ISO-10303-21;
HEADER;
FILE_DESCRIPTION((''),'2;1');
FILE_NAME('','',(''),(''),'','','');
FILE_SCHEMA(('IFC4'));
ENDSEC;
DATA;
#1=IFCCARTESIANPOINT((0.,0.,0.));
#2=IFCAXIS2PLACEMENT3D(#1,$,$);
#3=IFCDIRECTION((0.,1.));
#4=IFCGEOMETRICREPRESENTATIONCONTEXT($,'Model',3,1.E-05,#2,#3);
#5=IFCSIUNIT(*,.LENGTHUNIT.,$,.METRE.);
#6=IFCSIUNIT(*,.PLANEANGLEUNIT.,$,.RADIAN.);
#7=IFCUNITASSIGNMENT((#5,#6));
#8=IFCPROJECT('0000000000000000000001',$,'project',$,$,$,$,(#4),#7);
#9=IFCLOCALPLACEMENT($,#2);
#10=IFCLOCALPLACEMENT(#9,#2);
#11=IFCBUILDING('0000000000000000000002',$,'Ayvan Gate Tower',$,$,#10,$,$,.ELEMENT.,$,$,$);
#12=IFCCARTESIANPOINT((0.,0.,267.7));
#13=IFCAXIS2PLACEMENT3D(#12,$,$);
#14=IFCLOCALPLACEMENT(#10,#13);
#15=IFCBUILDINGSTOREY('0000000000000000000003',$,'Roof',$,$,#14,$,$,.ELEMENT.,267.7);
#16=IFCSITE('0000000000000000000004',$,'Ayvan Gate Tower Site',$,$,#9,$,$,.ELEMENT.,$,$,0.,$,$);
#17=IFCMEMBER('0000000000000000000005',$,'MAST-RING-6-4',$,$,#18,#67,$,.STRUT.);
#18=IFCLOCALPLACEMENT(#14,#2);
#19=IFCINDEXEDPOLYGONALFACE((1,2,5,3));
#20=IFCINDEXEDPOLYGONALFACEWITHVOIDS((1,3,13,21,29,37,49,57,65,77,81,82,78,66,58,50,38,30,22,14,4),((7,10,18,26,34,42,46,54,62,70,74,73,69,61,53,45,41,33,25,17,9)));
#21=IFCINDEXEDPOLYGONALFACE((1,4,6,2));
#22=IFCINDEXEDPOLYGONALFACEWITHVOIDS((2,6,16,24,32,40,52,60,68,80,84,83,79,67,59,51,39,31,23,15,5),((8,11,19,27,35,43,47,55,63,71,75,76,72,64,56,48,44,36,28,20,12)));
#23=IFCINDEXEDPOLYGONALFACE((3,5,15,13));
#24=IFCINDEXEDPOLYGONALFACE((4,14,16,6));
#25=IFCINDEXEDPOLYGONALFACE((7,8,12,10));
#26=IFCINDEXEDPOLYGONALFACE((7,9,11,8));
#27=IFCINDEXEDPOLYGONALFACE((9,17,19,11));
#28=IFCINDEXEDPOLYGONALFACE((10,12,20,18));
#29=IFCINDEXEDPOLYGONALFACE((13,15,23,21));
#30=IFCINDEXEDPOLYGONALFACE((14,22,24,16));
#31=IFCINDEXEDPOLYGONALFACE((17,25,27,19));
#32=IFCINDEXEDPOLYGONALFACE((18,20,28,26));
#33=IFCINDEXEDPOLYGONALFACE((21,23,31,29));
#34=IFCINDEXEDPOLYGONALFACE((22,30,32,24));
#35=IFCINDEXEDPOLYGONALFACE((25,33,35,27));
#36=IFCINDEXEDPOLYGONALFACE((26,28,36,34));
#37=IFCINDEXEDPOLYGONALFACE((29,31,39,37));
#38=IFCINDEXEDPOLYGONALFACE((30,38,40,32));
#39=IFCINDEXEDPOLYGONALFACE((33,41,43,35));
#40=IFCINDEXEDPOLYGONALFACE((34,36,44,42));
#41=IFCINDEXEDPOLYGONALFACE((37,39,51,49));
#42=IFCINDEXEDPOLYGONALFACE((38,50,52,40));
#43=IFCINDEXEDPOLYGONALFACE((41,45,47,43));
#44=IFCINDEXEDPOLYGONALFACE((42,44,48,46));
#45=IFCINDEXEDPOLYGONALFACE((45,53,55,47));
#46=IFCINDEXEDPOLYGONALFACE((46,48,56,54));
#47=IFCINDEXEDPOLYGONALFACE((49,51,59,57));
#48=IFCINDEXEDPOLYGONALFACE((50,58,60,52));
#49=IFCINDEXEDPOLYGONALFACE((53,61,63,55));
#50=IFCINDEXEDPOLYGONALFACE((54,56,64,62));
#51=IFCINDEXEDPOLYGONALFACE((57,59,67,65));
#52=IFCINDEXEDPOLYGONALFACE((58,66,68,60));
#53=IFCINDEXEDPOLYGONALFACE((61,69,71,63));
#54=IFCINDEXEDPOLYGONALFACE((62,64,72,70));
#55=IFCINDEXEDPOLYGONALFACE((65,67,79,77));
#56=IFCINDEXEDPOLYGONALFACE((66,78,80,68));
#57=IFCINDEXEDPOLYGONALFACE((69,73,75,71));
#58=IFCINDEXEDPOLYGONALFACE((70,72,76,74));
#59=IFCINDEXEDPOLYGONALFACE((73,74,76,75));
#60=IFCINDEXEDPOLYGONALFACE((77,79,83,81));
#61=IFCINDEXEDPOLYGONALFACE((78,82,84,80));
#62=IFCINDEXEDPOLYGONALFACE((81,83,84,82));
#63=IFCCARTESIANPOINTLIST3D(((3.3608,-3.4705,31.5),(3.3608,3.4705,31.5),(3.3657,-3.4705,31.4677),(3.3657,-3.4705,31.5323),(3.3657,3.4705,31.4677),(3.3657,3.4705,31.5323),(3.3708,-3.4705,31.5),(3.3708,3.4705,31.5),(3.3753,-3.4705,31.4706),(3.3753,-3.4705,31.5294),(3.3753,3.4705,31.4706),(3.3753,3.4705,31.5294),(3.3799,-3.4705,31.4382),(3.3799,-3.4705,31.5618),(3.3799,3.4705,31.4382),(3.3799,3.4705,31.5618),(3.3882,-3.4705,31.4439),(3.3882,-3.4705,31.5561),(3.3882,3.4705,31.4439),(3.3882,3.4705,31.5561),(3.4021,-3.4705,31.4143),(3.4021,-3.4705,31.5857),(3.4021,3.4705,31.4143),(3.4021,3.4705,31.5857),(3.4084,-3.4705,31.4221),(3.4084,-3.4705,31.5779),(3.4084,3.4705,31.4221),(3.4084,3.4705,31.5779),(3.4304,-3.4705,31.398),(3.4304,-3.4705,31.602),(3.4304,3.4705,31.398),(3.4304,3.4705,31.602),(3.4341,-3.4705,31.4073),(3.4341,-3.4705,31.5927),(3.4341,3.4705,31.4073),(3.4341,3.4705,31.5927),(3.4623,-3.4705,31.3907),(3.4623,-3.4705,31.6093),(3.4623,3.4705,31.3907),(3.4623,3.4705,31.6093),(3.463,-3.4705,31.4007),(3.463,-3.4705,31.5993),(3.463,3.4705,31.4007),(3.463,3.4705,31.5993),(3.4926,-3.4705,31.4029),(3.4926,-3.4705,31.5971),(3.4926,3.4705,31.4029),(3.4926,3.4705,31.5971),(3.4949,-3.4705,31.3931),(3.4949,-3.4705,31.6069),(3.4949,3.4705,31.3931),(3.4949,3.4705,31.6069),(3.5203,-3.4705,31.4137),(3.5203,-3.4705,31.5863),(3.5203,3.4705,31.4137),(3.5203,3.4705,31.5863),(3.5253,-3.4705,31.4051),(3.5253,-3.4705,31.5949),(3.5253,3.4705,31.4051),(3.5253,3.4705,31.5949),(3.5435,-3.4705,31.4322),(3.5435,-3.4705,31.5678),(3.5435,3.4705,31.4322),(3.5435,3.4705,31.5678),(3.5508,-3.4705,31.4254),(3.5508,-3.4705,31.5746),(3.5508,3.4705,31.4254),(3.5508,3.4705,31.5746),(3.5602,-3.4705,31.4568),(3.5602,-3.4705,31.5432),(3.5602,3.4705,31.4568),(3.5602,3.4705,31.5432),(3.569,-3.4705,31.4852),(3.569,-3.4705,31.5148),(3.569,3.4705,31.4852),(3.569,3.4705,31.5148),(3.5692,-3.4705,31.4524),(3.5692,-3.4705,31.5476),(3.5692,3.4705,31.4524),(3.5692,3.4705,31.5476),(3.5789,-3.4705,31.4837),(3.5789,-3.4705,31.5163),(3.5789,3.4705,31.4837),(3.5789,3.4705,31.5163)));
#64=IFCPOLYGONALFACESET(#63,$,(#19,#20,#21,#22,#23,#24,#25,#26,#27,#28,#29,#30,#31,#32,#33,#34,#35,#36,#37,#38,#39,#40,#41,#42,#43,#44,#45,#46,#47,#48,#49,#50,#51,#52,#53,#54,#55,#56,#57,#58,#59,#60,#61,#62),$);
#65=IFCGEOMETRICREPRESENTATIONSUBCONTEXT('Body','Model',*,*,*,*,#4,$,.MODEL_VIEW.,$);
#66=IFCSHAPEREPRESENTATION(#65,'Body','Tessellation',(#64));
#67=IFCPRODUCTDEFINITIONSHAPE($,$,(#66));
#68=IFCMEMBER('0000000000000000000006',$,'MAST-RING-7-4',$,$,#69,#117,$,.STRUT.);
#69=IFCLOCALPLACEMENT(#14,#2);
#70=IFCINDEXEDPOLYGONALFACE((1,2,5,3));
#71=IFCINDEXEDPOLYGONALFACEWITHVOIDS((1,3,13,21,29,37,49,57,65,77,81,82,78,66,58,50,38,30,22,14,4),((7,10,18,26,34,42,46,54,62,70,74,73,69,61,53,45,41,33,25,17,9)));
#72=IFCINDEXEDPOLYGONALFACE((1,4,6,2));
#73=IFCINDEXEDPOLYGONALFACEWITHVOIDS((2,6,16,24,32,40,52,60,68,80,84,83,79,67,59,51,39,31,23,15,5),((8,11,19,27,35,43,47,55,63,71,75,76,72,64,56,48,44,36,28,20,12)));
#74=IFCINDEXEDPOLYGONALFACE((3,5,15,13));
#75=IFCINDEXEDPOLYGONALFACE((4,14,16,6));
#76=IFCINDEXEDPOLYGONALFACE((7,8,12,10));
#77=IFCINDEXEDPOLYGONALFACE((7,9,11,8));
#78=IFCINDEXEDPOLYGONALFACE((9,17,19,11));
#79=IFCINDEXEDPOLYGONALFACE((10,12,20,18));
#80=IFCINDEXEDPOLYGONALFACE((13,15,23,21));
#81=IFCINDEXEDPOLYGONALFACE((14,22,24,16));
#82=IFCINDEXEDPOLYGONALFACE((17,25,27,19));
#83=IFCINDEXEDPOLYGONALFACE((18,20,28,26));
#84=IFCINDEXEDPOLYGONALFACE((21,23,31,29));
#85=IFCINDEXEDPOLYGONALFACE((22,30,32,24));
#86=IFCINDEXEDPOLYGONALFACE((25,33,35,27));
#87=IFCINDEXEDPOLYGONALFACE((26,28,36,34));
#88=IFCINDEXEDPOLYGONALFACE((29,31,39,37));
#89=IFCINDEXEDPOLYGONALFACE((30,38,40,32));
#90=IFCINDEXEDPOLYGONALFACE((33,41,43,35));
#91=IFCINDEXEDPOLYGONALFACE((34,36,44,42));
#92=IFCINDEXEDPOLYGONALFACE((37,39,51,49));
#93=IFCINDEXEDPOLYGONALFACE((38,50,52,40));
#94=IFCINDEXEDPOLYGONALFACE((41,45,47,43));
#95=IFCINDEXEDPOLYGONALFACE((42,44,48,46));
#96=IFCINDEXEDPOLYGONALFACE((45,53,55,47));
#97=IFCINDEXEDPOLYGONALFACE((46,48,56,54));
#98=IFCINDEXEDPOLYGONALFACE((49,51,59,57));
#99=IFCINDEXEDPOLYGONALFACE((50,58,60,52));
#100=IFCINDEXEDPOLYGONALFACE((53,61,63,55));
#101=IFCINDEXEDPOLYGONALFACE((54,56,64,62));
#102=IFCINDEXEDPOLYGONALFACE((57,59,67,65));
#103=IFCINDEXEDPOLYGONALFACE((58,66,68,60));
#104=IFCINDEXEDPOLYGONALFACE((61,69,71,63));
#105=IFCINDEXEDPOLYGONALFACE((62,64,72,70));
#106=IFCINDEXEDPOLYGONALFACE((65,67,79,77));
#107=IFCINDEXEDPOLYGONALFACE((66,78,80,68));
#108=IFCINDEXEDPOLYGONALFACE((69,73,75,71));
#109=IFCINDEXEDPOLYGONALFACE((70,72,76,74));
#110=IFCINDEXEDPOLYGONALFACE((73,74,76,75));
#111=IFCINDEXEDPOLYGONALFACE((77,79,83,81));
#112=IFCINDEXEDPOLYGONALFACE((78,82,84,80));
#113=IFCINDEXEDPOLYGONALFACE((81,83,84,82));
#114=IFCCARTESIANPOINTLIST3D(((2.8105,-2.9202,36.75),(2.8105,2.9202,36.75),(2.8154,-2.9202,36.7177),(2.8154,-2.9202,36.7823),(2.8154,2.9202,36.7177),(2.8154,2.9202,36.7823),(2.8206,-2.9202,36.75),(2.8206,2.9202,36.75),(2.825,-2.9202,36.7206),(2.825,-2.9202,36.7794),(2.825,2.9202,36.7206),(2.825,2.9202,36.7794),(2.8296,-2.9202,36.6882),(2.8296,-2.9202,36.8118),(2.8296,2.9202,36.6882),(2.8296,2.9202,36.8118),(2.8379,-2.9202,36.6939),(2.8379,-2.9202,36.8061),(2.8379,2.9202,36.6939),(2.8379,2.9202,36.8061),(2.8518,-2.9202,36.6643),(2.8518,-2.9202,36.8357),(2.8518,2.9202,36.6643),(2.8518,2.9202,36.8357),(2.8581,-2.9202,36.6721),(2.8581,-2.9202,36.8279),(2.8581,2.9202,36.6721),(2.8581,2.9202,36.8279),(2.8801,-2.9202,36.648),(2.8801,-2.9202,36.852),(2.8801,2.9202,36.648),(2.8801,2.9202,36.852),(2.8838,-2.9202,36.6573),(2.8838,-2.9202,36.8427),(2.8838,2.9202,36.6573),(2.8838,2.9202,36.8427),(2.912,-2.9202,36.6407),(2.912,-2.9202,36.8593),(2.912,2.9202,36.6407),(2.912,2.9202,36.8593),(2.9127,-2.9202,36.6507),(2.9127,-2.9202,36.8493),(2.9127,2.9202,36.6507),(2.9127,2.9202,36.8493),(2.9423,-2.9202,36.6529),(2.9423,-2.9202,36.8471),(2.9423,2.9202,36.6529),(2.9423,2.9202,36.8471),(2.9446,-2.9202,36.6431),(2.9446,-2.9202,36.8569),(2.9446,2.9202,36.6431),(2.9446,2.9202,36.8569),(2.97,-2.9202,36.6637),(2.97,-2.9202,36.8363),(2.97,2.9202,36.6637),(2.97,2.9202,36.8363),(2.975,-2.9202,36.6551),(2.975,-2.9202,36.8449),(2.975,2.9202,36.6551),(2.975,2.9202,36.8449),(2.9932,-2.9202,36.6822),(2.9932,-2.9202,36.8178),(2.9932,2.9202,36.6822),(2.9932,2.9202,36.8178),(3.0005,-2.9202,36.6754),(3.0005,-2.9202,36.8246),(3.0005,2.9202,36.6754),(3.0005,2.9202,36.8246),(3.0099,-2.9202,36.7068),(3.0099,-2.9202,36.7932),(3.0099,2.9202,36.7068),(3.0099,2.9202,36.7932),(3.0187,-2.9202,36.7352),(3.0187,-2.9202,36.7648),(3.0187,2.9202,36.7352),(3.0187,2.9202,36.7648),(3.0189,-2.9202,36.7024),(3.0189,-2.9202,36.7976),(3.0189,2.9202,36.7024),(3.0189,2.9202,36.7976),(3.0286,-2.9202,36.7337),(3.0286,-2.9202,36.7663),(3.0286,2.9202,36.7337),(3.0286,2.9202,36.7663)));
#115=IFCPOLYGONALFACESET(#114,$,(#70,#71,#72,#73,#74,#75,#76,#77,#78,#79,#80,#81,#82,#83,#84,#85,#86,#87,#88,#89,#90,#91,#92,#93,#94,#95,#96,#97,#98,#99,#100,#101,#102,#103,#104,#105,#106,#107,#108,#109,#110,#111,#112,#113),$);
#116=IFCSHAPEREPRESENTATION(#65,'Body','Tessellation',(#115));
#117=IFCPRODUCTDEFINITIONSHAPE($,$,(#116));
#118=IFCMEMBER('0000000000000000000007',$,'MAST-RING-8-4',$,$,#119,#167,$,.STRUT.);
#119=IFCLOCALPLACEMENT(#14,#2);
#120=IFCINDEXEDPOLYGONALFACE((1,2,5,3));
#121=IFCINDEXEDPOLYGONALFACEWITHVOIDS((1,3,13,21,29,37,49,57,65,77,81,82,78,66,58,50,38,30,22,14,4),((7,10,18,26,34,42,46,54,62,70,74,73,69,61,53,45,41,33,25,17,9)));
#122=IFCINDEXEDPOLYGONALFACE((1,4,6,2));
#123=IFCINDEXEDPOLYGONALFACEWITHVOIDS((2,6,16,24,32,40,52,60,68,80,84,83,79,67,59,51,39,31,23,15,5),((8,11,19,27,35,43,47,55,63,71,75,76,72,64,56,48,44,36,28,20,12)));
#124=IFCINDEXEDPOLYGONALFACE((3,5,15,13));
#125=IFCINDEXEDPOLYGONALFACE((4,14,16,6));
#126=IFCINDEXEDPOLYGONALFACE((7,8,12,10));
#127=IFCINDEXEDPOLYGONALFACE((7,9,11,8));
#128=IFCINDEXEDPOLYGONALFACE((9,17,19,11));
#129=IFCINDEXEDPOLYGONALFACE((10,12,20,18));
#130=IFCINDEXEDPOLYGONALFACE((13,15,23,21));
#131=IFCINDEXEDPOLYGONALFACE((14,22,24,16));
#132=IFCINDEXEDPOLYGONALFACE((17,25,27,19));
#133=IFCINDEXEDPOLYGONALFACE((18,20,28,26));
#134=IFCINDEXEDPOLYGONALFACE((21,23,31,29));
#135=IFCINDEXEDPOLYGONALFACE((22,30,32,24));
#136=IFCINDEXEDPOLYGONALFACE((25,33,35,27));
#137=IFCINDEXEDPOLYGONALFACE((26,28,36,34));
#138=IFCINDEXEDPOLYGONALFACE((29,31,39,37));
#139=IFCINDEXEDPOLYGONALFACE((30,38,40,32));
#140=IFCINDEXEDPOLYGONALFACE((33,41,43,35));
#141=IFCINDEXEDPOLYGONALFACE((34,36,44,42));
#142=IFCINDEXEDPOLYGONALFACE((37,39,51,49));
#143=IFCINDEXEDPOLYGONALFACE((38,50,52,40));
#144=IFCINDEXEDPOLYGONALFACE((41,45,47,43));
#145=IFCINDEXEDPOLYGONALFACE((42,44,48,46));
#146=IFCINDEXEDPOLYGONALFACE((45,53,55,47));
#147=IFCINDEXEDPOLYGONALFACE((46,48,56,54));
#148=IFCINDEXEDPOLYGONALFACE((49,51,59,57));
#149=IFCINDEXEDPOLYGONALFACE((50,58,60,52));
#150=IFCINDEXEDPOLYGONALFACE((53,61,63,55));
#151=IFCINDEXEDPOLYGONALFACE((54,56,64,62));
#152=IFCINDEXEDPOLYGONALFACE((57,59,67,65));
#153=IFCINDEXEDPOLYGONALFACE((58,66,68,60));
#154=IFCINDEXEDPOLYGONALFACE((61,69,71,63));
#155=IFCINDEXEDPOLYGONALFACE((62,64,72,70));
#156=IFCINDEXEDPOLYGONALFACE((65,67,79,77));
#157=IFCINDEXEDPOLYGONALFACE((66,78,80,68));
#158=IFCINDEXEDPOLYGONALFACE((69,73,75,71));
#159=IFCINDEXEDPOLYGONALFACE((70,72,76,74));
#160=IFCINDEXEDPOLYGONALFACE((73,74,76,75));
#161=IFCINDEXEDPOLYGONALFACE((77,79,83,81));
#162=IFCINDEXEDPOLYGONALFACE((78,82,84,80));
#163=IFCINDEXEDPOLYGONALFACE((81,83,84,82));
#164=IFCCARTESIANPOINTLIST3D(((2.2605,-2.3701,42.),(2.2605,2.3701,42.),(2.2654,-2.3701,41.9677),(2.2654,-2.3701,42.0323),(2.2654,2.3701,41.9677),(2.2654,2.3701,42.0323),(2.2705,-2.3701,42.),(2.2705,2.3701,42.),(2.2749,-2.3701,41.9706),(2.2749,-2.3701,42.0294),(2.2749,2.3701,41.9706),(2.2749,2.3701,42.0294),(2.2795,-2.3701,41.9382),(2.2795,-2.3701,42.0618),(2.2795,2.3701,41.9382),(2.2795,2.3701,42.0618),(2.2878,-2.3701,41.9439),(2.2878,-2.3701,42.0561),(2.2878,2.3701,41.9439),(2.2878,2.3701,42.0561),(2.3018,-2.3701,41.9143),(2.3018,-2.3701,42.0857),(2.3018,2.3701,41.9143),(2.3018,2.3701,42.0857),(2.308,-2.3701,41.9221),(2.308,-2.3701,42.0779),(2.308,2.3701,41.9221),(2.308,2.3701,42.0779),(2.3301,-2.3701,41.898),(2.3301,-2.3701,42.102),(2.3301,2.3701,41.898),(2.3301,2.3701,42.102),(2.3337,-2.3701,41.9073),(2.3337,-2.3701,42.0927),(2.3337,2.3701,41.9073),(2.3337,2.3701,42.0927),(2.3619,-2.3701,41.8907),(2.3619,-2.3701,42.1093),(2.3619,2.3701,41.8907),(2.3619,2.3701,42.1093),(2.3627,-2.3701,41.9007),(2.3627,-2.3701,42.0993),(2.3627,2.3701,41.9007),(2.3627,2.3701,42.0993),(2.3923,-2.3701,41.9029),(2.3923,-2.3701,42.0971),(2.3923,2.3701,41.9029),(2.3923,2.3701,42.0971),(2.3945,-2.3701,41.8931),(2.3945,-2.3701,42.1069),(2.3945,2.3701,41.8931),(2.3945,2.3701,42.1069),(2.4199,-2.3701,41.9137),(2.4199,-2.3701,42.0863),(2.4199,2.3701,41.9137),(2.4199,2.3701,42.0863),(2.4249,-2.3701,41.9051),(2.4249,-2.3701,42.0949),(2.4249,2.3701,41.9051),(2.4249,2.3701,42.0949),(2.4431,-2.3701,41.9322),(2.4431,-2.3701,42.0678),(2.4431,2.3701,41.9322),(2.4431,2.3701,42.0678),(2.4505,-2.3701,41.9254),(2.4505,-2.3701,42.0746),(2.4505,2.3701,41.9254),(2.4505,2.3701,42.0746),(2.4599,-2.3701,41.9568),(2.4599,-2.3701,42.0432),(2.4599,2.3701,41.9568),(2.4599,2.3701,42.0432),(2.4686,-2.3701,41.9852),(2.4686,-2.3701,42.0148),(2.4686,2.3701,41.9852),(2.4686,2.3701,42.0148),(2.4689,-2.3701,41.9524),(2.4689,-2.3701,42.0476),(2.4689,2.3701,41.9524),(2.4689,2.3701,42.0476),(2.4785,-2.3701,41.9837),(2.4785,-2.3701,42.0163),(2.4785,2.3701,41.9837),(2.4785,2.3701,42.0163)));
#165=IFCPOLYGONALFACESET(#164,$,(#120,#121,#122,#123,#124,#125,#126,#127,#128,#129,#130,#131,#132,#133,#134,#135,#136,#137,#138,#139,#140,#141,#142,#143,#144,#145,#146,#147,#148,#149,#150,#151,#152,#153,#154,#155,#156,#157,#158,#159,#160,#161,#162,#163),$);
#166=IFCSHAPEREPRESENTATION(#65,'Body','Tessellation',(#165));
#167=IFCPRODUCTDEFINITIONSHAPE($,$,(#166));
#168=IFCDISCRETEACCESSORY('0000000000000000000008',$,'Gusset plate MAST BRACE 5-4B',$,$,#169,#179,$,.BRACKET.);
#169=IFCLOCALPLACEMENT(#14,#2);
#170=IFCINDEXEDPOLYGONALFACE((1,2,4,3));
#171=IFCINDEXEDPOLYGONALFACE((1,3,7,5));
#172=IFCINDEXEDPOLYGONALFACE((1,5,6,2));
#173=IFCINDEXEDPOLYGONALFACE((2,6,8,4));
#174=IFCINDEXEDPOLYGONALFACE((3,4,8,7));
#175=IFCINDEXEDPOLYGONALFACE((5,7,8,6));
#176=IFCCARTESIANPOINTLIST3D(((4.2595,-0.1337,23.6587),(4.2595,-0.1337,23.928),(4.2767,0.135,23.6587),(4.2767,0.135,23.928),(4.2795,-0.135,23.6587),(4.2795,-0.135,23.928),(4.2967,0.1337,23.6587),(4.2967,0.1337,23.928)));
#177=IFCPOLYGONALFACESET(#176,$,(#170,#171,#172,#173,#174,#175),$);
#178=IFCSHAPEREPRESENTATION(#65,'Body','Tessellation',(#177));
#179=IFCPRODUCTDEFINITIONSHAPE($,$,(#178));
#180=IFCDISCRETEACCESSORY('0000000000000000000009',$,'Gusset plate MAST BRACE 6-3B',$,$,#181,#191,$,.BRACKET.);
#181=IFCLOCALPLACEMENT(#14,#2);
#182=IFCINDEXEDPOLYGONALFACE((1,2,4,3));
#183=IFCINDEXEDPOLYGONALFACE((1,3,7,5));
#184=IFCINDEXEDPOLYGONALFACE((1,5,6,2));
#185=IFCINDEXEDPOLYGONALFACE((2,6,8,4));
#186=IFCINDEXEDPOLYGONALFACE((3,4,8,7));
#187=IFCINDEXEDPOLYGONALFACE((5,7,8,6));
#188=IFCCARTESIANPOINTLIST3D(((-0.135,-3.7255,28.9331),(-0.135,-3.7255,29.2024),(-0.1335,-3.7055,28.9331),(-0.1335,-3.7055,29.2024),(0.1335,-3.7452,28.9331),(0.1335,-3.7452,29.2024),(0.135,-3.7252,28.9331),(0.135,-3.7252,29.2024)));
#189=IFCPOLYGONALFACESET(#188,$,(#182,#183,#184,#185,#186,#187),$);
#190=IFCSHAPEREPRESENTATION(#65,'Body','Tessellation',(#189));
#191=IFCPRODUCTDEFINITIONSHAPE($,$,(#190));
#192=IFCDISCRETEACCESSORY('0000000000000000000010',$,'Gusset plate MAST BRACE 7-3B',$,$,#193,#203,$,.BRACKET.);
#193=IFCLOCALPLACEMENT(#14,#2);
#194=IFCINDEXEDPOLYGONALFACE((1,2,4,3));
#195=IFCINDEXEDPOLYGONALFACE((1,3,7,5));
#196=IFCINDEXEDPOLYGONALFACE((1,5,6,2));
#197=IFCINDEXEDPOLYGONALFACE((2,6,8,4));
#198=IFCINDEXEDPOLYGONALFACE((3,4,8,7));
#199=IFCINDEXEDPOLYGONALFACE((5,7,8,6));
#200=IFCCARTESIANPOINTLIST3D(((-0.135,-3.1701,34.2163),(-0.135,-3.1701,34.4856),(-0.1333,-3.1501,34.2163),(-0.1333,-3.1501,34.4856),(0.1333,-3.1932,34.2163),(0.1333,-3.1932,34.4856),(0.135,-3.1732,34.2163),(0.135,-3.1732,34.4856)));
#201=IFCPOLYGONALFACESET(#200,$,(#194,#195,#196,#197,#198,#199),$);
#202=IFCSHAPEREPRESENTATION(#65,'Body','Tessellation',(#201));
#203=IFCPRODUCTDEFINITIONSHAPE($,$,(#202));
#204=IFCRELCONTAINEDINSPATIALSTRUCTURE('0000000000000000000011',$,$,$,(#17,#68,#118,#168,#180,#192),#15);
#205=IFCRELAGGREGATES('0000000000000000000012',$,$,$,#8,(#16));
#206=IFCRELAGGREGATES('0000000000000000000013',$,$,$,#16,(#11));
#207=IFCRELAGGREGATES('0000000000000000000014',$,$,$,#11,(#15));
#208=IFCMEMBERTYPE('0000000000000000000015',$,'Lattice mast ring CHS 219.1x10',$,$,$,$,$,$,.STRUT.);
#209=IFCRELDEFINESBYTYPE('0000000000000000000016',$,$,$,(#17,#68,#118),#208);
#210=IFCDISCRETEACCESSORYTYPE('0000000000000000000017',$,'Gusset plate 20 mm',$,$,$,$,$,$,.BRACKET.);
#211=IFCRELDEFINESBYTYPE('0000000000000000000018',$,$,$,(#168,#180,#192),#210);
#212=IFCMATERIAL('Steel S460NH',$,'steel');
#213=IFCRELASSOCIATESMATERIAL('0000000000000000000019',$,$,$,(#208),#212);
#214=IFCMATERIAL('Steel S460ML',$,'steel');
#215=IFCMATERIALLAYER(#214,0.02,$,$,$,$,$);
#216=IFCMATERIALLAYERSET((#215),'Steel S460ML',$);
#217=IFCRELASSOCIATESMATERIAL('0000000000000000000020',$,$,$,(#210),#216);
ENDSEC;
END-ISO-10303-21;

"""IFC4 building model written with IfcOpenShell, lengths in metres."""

from ifc_helpers import new_model, si_unit, direction, frame, origin, origin_2d, place, context, subcontext, project, spatial, rectangle, hollow_circle, extrude, material, layer, layer_set, material_profile, profile_set, type_object, element, save


model = new_model("IFC4")

# Units and contexts
model_context = context("Model", 3, precision=1e-05, world=origin(), true_north=direction((0.0, 1.0)))
body_context = subcontext(model_context, "Body", "Model", "MODEL_VIEW")
ifc_project = project(units=[si_unit("LENGTHUNIT", "METRE"), si_unit("PLANEANGLEUNIT", "RADIAN")], contexts=[model_context])

# Site, building, storey
site_placement = place(None, origin())
site = spatial("IfcSite", under=ifc_project, at=site_placement, Name="Ayvan Gate Tower Site", CompositionType="ELEMENT", RefElevation=0.0)
building_placement = place(site_placement, origin())
building = spatial("IfcBuilding", under=site, at=building_placement, Name="Ayvan Gate Tower", CompositionType="ELEMENT")
storey_placement = place(building_placement, frame((0.0, 0.0, 267.7)))
storey = spatial("IfcBuildingStorey", under=building, at=storey_placement, Name="Roof", CompositionType="ELEMENT", Elevation=267.7)

# Members
ifc_material_1 = material(Name="Steel S460NH", Category="steel")
ifc_material_profile_1 = material_profile(ifc_material_1, hollow_circle(Radius=0.1096, WallThickness=0.01, at=origin_2d()), Name="CHS 219.1x10")
ifc_profile_set_1 = profile_set([ifc_material_profile_1], Name="Steel S460NH")
member_type_1 = type_object("IfcMemberType", Name="Lattice mast ring CHS 219.1x10", PredefinedType="STRUT", material=ifc_profile_set_1)
member_1_placement = place(storey_placement, frame((3.4705, -3.4705, 31.5), z_axis=(0.0, 1.0, 0.0), x_axis=(-1.0, 0.0, 0.0)))
element("IfcMember", 1, at=member_1_placement, inside=storey, type_object=member_type_1, Name="MAST-RING-6-4", PredefinedType="STRUT", context=body_context, shape_type="SweptSolid", body=[
    extrude(hollow_circle(Radius=0.1096, WallThickness=0.01, at=origin_2d()), origin(), (0.0, 0.0, 1.0), 6.9409),
])
member_2_placement = place(storey_placement, frame((2.9202, -2.9202, 36.75), z_axis=(0.0, 1.0, 0.0), x_axis=(-1.0, 0.0, 0.0)))
element("IfcMember", 2, at=member_2_placement, inside=storey, type_object=member_type_1, Name="MAST-RING-7-4", PredefinedType="STRUT", context=body_context, shape_type="SweptSolid", body=[
    extrude(hollow_circle(Radius=0.1096, WallThickness=0.01, at=origin_2d()), origin(), (0.0, 0.0, 1.0), 5.8403),
])
member_3_placement = place(storey_placement, frame((2.3701, -2.3701, 42.0), z_axis=(0.0, 1.0, 0.0), x_axis=(-1.0, 0.0, 0.0)))
element("IfcMember", 3, at=member_3_placement, inside=storey, type_object=member_type_1, Name="MAST-RING-8-4", PredefinedType="STRUT", context=body_context, shape_type="SweptSolid", body=[
    extrude(hollow_circle(Radius=0.1096, WallThickness=0.01, at=origin_2d()), origin(), (0.0, 0.0, 1.0), 4.7402),
])

# Discrete accessories
ifc_material_2 = material(Name="Steel S460ML", Category="steel")
ifc_layer = layer(ifc_material_2, 0.02)
ifc_layer_set = layer_set([ifc_layer], Name="Steel S460ML")
discrete_accessory_type = type_object("IfcDiscreteAccessoryType", Name="Gusset plate 20 mm", PredefinedType="BRACKET", material=ifc_layer_set)
for number, where, z_axis, x_axis, name in (
    (4, (4.2781, 0.0, 23.6587), (0.0, 0.0, 1.0), (0.063909, 0.997956, 0.0), "Gusset plate MAST BRACE 5-4B"),
    (5, (0.0, -3.7253, 28.9331), (0.0, 0.0, 1.0), (-0.997314, 0.073249, 0.0), "Gusset plate MAST BRACE 6-3B"),
    (6, (0.0, -3.1716, 34.2163), (0.0, 0.0, 1.0), (-0.996315, 0.085775, 0.0), "Gusset plate MAST BRACE 7-3B"),
):
    element("IfcDiscreteAccessory", number, at=place(storey_placement, frame(where, z_axis=z_axis, x_axis=x_axis)), inside=storey, type_object=discrete_accessory_type, Name=name, PredefinedType="BRACKET", context=body_context, shape_type="SweptSolid", body=[
        extrude(rectangle(XDim=0.2693, YDim=0.02, at=origin_2d()), origin(), (0.0, 0.0, 1.0), 0.2693),
    ])

save(model, "model.ifc")
